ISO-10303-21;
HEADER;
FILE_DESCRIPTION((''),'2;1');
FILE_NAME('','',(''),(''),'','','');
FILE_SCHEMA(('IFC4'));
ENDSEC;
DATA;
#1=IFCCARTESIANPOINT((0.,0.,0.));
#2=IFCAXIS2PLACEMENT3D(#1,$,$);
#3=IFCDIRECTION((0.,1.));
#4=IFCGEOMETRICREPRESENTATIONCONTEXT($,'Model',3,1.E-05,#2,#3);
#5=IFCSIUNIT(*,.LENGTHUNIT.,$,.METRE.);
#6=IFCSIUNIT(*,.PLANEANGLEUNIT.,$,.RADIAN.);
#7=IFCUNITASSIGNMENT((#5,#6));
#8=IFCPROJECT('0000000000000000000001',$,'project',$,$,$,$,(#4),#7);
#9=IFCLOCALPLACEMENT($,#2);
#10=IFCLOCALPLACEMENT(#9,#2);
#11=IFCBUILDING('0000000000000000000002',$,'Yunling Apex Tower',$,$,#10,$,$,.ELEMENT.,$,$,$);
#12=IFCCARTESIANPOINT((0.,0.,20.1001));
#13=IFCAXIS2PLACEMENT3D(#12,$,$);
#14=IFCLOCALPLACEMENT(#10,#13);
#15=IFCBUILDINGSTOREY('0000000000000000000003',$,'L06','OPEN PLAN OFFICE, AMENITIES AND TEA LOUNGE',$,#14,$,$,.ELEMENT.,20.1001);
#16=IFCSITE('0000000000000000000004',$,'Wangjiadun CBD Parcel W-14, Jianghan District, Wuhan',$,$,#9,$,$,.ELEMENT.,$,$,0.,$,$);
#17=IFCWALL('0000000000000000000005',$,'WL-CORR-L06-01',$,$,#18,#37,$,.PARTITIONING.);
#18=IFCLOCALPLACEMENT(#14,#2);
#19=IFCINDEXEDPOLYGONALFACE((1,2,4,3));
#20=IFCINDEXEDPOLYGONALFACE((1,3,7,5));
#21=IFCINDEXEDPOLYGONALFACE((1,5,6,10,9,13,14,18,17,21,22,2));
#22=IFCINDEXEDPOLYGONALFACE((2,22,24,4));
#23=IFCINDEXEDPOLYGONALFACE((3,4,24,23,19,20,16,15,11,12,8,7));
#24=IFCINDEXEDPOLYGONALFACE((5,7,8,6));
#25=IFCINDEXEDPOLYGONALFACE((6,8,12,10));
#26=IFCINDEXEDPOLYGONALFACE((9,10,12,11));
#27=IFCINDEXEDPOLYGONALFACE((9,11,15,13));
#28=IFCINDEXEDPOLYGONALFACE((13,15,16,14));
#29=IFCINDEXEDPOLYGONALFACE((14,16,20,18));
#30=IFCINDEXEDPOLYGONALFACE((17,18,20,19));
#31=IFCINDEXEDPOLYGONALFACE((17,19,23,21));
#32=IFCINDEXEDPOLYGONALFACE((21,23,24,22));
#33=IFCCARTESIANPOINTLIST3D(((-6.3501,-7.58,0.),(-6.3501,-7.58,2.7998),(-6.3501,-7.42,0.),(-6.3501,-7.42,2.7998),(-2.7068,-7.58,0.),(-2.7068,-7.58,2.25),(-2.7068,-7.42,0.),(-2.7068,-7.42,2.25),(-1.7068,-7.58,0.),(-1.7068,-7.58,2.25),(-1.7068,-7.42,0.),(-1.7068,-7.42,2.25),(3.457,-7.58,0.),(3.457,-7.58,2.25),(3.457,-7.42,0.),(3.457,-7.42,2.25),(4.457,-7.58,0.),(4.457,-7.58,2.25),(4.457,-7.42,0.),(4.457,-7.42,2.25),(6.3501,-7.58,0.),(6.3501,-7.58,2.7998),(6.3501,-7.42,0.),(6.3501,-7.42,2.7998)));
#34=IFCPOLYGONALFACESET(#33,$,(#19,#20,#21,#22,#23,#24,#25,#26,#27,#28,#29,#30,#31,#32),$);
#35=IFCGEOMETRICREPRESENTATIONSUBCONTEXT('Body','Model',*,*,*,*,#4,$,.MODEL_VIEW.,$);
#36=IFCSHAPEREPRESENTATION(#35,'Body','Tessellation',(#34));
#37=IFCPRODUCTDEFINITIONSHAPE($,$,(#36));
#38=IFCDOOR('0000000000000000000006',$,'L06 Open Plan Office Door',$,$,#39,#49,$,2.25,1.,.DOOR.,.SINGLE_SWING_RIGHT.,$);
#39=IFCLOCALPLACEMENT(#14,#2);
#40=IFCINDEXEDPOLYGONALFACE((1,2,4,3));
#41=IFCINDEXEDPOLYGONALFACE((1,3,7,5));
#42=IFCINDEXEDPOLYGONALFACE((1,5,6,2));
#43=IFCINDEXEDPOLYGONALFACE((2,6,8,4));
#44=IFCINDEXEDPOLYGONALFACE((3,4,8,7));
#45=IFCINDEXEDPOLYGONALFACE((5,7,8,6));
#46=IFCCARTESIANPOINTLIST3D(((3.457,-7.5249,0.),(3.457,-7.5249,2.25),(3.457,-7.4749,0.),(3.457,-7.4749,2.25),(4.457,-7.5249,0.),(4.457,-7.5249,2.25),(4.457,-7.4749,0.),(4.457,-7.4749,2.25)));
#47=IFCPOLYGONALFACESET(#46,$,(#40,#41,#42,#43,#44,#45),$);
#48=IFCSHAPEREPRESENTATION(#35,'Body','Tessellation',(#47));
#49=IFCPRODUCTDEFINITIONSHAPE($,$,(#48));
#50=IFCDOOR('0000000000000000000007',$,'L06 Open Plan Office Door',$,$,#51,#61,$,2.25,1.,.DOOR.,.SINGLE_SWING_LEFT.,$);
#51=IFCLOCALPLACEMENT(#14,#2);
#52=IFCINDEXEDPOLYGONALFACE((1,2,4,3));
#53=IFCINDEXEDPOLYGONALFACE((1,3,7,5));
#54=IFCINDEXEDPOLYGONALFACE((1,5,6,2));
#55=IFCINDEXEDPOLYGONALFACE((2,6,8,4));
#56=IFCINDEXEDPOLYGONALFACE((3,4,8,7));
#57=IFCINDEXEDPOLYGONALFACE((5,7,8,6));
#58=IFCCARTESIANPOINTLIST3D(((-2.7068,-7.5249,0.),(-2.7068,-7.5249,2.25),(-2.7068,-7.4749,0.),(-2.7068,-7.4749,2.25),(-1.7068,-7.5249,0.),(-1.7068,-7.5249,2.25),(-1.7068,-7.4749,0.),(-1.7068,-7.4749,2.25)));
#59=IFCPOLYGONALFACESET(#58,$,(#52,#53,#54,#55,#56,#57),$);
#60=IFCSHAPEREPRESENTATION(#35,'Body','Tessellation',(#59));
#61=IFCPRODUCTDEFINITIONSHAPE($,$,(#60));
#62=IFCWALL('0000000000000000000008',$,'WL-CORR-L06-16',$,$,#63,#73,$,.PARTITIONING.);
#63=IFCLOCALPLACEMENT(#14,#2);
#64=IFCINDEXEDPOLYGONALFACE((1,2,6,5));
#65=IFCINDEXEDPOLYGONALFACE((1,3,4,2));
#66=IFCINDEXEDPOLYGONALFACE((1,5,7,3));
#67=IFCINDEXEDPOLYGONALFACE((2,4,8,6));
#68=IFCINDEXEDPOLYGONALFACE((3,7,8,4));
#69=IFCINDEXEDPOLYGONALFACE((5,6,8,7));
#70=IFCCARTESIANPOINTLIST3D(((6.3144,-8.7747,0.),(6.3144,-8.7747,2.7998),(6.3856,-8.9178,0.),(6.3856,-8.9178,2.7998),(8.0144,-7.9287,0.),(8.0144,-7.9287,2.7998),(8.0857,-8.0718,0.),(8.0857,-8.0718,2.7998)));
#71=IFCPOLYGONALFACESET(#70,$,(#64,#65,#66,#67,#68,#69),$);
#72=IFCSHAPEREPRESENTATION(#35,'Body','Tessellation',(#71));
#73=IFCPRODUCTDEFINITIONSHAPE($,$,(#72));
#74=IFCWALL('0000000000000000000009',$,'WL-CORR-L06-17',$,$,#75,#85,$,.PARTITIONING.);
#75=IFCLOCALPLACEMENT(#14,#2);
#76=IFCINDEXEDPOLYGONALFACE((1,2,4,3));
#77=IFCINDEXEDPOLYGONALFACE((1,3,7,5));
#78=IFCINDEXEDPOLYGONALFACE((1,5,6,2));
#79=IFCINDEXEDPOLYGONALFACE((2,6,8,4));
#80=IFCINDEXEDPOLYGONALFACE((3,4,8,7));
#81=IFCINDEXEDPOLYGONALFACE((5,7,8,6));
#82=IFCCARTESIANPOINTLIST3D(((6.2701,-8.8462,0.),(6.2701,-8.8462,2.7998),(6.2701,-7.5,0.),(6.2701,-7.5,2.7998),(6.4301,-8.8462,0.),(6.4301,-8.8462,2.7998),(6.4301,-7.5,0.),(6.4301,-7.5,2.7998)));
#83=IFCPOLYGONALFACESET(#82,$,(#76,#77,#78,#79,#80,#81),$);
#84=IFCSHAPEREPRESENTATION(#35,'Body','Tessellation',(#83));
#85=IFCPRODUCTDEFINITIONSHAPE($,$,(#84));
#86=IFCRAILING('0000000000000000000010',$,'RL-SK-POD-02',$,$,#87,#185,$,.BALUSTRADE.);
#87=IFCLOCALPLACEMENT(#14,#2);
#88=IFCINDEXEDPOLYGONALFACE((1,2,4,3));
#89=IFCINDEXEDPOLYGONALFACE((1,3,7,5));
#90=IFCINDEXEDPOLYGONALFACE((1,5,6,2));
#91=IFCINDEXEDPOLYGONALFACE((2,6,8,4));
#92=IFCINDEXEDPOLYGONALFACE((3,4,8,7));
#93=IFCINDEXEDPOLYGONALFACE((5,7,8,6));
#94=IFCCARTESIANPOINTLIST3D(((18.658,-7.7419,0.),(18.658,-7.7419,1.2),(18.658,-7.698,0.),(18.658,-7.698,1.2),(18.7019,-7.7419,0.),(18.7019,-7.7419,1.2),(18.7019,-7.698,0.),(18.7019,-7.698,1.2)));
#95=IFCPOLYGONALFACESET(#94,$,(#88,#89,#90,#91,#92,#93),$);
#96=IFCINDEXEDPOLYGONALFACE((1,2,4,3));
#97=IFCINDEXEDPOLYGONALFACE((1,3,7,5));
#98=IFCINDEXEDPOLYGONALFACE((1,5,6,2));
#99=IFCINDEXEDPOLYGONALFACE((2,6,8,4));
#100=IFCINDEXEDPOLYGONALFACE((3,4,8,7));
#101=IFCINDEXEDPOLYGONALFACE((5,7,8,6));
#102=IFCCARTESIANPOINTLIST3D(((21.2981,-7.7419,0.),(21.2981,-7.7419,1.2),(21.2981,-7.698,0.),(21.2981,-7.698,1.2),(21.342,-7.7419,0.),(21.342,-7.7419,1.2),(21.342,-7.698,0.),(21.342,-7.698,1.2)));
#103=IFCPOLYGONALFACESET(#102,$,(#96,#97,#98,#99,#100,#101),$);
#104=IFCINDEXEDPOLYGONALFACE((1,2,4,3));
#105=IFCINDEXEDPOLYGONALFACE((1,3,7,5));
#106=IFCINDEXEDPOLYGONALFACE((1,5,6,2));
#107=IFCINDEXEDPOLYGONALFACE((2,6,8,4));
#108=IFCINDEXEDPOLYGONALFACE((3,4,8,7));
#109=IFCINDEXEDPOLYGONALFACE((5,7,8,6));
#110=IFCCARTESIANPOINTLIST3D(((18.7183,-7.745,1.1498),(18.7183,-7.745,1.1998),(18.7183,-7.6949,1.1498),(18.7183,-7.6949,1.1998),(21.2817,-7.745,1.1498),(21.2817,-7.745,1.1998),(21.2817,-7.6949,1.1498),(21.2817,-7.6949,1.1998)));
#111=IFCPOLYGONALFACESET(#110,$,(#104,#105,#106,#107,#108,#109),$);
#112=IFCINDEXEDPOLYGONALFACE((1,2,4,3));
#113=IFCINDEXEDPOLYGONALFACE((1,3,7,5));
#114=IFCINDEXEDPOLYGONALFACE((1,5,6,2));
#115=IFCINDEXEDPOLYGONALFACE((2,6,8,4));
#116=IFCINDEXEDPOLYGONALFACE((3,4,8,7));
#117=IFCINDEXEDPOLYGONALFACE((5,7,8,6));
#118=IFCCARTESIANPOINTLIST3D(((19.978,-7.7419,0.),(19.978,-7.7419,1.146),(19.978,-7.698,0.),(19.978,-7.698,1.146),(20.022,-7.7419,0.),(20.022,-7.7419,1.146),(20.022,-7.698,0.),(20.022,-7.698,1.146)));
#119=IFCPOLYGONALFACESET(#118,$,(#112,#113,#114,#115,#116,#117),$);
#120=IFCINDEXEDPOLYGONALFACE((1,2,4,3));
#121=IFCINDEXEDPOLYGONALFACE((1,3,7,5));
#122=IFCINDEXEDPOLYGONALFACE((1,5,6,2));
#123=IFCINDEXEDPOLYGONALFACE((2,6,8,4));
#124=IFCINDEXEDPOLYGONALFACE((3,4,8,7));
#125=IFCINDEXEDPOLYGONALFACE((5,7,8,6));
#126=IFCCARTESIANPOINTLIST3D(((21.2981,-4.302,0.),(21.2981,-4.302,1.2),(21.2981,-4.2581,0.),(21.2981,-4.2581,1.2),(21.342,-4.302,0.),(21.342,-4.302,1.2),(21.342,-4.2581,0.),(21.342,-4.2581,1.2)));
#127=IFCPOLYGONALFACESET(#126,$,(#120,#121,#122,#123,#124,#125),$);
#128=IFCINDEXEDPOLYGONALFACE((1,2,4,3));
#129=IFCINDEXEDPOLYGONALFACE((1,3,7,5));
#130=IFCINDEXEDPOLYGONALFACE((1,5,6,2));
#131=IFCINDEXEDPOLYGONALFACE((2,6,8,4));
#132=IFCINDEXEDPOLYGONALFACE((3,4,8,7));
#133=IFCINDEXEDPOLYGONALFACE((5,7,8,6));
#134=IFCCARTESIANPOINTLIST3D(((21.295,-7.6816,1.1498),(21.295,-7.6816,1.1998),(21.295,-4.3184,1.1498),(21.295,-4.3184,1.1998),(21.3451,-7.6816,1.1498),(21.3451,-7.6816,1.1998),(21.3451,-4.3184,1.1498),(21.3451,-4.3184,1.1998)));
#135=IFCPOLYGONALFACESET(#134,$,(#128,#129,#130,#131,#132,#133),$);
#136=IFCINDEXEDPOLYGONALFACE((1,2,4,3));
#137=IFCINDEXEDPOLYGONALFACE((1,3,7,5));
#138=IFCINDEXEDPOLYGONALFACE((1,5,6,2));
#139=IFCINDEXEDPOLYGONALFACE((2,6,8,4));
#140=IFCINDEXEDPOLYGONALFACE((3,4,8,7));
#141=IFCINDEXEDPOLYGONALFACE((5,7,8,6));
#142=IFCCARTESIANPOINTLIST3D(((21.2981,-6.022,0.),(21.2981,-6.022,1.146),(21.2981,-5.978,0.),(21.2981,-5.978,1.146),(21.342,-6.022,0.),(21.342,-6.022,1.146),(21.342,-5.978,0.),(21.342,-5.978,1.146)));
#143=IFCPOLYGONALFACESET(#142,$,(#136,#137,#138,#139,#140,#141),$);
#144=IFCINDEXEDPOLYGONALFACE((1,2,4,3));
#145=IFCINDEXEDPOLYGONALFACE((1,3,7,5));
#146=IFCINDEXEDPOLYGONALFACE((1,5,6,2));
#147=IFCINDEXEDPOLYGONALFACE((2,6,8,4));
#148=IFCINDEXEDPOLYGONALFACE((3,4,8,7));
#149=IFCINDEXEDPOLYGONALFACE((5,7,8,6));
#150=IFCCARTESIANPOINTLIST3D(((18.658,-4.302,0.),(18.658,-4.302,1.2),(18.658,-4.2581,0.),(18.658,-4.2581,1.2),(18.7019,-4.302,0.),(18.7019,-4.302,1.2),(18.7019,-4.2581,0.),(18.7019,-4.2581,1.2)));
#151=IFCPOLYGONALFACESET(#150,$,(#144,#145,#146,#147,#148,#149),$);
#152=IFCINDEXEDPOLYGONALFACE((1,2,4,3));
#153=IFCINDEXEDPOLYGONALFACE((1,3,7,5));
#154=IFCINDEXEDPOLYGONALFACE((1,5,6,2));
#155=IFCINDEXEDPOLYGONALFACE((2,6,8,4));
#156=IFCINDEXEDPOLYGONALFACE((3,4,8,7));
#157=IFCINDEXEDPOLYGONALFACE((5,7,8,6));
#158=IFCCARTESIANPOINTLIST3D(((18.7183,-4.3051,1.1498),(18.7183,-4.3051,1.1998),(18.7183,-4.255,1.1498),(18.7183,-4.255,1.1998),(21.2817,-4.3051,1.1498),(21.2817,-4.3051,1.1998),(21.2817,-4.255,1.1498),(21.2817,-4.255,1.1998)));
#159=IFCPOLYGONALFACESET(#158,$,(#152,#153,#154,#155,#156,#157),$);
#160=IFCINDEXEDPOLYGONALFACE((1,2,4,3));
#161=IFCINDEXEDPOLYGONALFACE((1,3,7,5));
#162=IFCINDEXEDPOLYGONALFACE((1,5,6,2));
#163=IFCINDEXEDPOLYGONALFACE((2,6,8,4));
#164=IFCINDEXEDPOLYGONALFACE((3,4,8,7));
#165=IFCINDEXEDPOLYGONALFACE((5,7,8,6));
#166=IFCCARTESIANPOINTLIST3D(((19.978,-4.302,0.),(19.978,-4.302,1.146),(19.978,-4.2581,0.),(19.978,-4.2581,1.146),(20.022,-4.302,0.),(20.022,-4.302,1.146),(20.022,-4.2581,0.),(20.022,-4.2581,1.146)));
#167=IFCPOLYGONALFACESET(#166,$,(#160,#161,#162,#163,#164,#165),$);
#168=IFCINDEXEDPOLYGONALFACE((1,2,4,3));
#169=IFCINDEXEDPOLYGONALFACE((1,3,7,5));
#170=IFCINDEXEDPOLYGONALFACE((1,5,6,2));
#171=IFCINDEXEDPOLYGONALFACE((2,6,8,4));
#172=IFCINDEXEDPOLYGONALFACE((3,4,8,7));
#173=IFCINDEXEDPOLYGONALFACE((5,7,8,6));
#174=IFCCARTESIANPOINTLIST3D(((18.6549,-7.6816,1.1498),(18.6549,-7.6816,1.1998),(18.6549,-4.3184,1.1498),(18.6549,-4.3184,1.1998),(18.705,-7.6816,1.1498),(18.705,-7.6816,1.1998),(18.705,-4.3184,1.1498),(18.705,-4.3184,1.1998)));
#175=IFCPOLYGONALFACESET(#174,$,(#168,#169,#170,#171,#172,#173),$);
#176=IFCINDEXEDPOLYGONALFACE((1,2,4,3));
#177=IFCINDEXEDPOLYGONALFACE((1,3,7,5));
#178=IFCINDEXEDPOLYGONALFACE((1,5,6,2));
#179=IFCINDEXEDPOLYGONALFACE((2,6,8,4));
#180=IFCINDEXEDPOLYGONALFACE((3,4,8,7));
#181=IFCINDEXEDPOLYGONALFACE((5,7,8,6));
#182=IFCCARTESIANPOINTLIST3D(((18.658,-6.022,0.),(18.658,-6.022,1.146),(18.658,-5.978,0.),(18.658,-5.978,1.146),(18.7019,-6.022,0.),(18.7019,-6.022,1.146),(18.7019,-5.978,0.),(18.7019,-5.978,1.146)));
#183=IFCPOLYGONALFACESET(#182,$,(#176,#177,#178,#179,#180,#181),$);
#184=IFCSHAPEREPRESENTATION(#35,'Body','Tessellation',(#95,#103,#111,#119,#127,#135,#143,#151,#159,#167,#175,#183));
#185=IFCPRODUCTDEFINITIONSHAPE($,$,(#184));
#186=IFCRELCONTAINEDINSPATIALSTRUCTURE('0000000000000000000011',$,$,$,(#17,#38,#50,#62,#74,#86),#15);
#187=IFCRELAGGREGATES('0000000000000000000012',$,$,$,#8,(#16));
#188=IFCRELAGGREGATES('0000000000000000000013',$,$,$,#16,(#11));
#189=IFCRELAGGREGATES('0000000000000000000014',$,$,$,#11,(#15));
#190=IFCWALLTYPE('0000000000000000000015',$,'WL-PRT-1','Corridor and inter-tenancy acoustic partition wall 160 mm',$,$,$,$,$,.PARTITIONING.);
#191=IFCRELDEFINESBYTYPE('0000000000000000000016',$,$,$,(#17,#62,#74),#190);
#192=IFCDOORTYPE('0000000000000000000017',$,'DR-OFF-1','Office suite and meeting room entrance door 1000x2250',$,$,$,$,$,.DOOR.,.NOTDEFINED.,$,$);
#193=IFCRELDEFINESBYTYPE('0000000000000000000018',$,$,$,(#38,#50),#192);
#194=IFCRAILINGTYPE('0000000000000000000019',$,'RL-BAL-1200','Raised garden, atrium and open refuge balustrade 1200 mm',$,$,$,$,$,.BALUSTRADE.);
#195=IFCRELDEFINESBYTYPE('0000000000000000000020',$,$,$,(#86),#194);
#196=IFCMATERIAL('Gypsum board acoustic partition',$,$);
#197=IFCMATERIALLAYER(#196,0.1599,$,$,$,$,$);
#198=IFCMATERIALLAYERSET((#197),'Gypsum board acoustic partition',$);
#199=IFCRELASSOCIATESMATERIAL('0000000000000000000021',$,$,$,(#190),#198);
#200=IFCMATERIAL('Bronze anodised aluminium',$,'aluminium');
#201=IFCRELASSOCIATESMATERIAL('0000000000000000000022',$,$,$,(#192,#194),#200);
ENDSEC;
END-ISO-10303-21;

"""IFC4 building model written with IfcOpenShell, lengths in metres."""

from ifc_helpers import new_model, si_unit, direction, frame, frame_2d, origin, origin_2d, place, context, subcontext, project, spatial, rectangle, extrude, material, layer, layer_set, type_object, element, fill, save


model = new_model("IFC4")

# Units and contexts
model_context = context("Model", 3, precision=1e-05, world=origin(), true_north=direction((0.0, 1.0)))
body_context = subcontext(model_context, "Body", "Model", "MODEL_VIEW")
ifc_project = project(units=[si_unit("LENGTHUNIT", "METRE"), si_unit("PLANEANGLEUNIT", "RADIAN")], contexts=[model_context])

# Site, building, storey
site_placement = place(None, origin())
site = spatial("IfcSite", under=ifc_project, at=site_placement, Name="Wangjiadun CBD Parcel W-14, Jianghan District, Wuhan", CompositionType="ELEMENT", RefElevation=0.0)
building_placement = place(site_placement, origin())
building = spatial("IfcBuilding", under=site, at=building_placement, Name="Yunling Apex Tower", CompositionType="ELEMENT")
storey_placement = place(building_placement, frame((0.0, 0.0, 20.1001)))
storey = spatial("IfcBuildingStorey", under=building, at=storey_placement, Name="L06", Description="OPEN PLAN OFFICE, AMENITIES AND TEA LOUNGE", CompositionType="ELEMENT", Elevation=20.1001)

# Shared definitions
ifc_material_1 = material(Name="Bronze anodised aluminium", Category="aluminium")

# Wall, openings, doors
ifc_material_2 = material(Name="Gypsum board acoustic partition")
ifc_layer_1 = layer(ifc_material_2, 0.1599)
ifc_layer_set_1 = layer_set([ifc_layer_1], Name="Gypsum board acoustic partition")
wall_type_1 = type_object("IfcWallType", Name="WL-PRT-1", Description="Corridor and inter-tenancy acoustic partition wall 160 mm", PredefinedType="PARTITIONING", material=ifc_layer_set_1)
wall_1_placement = place(storey_placement, frame((6.3501, -7.5, 0.0), z_axis=(0.0, 0.0, 1.0), x_axis=(-1.0, 0.0, 0.0)))
wall_1 = element("IfcWall", 1, at=wall_1_placement, inside=storey, type_object=wall_type_1, Name="WL-CORR-L06-01", PredefinedType="PARTITIONING", context=body_context, shape_type="SweptSolid", body=[
    extrude(rectangle(XDim=12.7002, YDim=0.1599, at=frame_2d((6.3501, 0.0))), origin(), (0.0, 0.0, 1.0), 2.7998),
])
opening_1_placement = place(wall_1_placement, frame((1.8931, 0.0, 0.0)))
opening_1 = element("IfcOpeningElement", 2, at=opening_1_placement, cuts=wall_1, PredefinedType="OPENING", context=body_context, shape_type="SweptSolid", body=[
    extrude(rectangle(XDim=1.0, YDim=2.25, at=frame_2d((0.5, 1.125))), frame((0.0, 0.0898, 0.0), z_axis=(0.0, -1.0, 0.0), x_axis=(1.0, 0.0, 0.0)), (0.0, 0.0, 1.0), 0.1799),
])
opening_2_placement = place(wall_1_placement, frame((8.0569, 0.0, 0.0)))
opening_2 = element("IfcOpeningElement", 3, at=opening_2_placement, cuts=wall_1, PredefinedType="OPENING", context=body_context, shape_type="SweptSolid", body=[
    extrude(rectangle(XDim=1.0, YDim=2.25, at=frame_2d((0.5, 1.125))), frame((0.0, 0.0898, 0.0), z_axis=(0.0, -1.0, 0.0), x_axis=(1.0, 0.0, 0.0)), (0.0, 0.0, 1.0), 0.1799),
])
door_type_1 = type_object("IfcDoorType", Name="DR-OFF-1", Description="Office suite and meeting room entrance door 1000x2250", OperationType="NOTDEFINED", PredefinedType="DOOR", material=ifc_material_1)
door_1_placement = place(opening_1_placement, origin())
door_1 = element("IfcDoor", 4, at=door_1_placement, inside=storey, type_object=door_type_1, Name="L06 Open Plan Office Door", OperationType="SINGLE_SWING_RIGHT", OverallHeight=2.25, OverallWidth=1.0, PredefinedType="DOOR", context=body_context, shape_type="SweptSolid", body=[
    extrude(rectangle(XDim=1.0, YDim=2.25, at=frame_2d((0.5, 1.125))), frame((0.0, 0.0249, 0.0), z_axis=(0.0, -1.0, 0.0), x_axis=(1.0, 0.0, 0.0)), (0.0, 0.0, 1.0), 0.05),
])
fill(opening_1, door_1)
door_2_placement = place(opening_2_placement, origin())
door_2 = element("IfcDoor", 5, at=door_2_placement, inside=storey, type_object=door_type_1, Name="L06 Open Plan Office Door", OperationType="SINGLE_SWING_LEFT", OverallHeight=2.25, OverallWidth=1.0, PredefinedType="DOOR", context=body_context, shape_type="SweptSolid", body=[
    extrude(rectangle(XDim=1.0, YDim=2.25, at=frame_2d((0.5, 1.125))), frame((0.0, 0.0249, 0.0), z_axis=(0.0, -1.0, 0.0), x_axis=(1.0, 0.0, 0.0)), (0.0, 0.0, 1.0), 0.05),
])
fill(opening_2, door_2)

# Walls
wall_2_placement = place(storey_placement, frame((8.05, -8.0002, 0.0), z_axis=(0.0, 0.0, 1.0), x_axis=(-0.895274, -0.445516, 0.0)))
element("IfcWall", 6, at=wall_2_placement, inside=storey, type_object=wall_type_1, Name="WL-CORR-L06-16", PredefinedType="PARTITIONING", context=body_context, shape_type="SweptSolid", body=[
    extrude(rectangle(XDim=1.8989, YDim=0.1599, at=frame_2d((0.9495, 0.0))), origin(), (0.0, 0.0, 1.0), 2.7998),
])
wall_3_placement = place(storey_placement, frame((6.3501, -8.8462, 0.0), z_axis=(0.0, 0.0, 1.0), x_axis=(0.0, 1.0, 0.0)))
element("IfcWall", 7, at=wall_3_placement, inside=storey, type_object=wall_type_1, Name="WL-CORR-L06-17", PredefinedType="PARTITIONING", context=body_context, shape_type="SweptSolid", body=[
    extrude(rectangle(XDim=1.3462, YDim=0.1599, at=frame_2d((0.6731, 0.0))), origin(), (0.0, 0.0, 1.0), 2.7998),
])

# Railing
railing_type = type_object("IfcRailingType", Name="RL-BAL-1200", Description="Raised garden, atrium and open refuge balustrade 1200 mm", PredefinedType="BALUSTRADE", material=ifc_material_1)
railing_placement = place(storey_placement, frame((18.6799, -7.72, 0.0)))
element("IfcRailing", 8, at=railing_placement, inside=storey, type_object=railing_type, Name="RL-SK-POD-02", PredefinedType="BALUSTRADE", context=body_context, shape_type="SweptSolid", body=[
    extrude(rectangle(XDim=0.0439, YDim=0.0439, at=origin_2d()), origin(), (0.0, 0.0, 1.0), 1.2),
    extrude(rectangle(XDim=0.0439, YDim=0.0439, at=origin_2d()), frame((2.6401, 0.0, 0.0)), (0.0, 0.0, 1.0), 1.2),
    extrude(rectangle(XDim=0.05, YDim=0.05, at=origin_2d()), frame((0.0383, 0.0, 1.1748), z_axis=(1.0, 0.0, 0.0), x_axis=(0.0, 1.0, 0.0)), (0.0, 0.0, 1.0), 2.5635),
    extrude(rectangle(XDim=0.0439, YDim=0.0439, at=origin_2d()), frame((1.3201, 0.0, 0.0)), (0.0, 0.0, 1.0), 1.146),
    extrude(rectangle(XDim=0.0439, YDim=0.0439, at=origin_2d()), frame((2.6401, 3.4399, 0.0)), (0.0, 0.0, 1.0), 1.2),
    extrude(rectangle(XDim=0.05, YDim=0.05, at=origin_2d()), frame((2.6401, 0.0383, 1.1748), z_axis=(0.0, 1.0, 0.0), x_axis=(-1.0, 0.0, 0.0)), (0.0, 0.0, 1.0), 3.3633),
    extrude(rectangle(XDim=0.0439, YDim=0.0439, at=origin_2d()), frame((2.6401, 1.72, 0.0)), (0.0, 0.0, 1.0), 1.146),
    extrude(rectangle(XDim=0.0439, YDim=0.0439, at=origin_2d()), frame((0.0, 3.4399, 0.0)), (0.0, 0.0, 1.0), 1.2),
    extrude(rectangle(XDim=0.05, YDim=0.05, at=origin_2d()), frame((2.6018, 3.4399, 1.1748), z_axis=(-1.0, 0.0, 0.0), x_axis=(0.0, -1.0, 0.0)), (0.0, 0.0, 1.0), 2.5635),
    extrude(rectangle(XDim=0.0439, YDim=0.0439, at=origin_2d()), frame((1.3201, 3.4399, 0.0)), (0.0, 0.0, 1.0), 1.146),
    extrude(rectangle(XDim=0.05, YDim=0.05, at=origin_2d()), frame((0.0, 3.4016, 1.1748), z_axis=(0.0, -1.0, 0.0), x_axis=(1.0, 0.0, 0.0)), (0.0, 0.0, 1.0), 3.3633),
    extrude(rectangle(XDim=0.0439, YDim=0.0439, at=origin_2d()), frame((0.0, 1.72, 0.0)), (0.0, 0.0, 1.0), 1.146),
])

save(model, "model.ifc")
